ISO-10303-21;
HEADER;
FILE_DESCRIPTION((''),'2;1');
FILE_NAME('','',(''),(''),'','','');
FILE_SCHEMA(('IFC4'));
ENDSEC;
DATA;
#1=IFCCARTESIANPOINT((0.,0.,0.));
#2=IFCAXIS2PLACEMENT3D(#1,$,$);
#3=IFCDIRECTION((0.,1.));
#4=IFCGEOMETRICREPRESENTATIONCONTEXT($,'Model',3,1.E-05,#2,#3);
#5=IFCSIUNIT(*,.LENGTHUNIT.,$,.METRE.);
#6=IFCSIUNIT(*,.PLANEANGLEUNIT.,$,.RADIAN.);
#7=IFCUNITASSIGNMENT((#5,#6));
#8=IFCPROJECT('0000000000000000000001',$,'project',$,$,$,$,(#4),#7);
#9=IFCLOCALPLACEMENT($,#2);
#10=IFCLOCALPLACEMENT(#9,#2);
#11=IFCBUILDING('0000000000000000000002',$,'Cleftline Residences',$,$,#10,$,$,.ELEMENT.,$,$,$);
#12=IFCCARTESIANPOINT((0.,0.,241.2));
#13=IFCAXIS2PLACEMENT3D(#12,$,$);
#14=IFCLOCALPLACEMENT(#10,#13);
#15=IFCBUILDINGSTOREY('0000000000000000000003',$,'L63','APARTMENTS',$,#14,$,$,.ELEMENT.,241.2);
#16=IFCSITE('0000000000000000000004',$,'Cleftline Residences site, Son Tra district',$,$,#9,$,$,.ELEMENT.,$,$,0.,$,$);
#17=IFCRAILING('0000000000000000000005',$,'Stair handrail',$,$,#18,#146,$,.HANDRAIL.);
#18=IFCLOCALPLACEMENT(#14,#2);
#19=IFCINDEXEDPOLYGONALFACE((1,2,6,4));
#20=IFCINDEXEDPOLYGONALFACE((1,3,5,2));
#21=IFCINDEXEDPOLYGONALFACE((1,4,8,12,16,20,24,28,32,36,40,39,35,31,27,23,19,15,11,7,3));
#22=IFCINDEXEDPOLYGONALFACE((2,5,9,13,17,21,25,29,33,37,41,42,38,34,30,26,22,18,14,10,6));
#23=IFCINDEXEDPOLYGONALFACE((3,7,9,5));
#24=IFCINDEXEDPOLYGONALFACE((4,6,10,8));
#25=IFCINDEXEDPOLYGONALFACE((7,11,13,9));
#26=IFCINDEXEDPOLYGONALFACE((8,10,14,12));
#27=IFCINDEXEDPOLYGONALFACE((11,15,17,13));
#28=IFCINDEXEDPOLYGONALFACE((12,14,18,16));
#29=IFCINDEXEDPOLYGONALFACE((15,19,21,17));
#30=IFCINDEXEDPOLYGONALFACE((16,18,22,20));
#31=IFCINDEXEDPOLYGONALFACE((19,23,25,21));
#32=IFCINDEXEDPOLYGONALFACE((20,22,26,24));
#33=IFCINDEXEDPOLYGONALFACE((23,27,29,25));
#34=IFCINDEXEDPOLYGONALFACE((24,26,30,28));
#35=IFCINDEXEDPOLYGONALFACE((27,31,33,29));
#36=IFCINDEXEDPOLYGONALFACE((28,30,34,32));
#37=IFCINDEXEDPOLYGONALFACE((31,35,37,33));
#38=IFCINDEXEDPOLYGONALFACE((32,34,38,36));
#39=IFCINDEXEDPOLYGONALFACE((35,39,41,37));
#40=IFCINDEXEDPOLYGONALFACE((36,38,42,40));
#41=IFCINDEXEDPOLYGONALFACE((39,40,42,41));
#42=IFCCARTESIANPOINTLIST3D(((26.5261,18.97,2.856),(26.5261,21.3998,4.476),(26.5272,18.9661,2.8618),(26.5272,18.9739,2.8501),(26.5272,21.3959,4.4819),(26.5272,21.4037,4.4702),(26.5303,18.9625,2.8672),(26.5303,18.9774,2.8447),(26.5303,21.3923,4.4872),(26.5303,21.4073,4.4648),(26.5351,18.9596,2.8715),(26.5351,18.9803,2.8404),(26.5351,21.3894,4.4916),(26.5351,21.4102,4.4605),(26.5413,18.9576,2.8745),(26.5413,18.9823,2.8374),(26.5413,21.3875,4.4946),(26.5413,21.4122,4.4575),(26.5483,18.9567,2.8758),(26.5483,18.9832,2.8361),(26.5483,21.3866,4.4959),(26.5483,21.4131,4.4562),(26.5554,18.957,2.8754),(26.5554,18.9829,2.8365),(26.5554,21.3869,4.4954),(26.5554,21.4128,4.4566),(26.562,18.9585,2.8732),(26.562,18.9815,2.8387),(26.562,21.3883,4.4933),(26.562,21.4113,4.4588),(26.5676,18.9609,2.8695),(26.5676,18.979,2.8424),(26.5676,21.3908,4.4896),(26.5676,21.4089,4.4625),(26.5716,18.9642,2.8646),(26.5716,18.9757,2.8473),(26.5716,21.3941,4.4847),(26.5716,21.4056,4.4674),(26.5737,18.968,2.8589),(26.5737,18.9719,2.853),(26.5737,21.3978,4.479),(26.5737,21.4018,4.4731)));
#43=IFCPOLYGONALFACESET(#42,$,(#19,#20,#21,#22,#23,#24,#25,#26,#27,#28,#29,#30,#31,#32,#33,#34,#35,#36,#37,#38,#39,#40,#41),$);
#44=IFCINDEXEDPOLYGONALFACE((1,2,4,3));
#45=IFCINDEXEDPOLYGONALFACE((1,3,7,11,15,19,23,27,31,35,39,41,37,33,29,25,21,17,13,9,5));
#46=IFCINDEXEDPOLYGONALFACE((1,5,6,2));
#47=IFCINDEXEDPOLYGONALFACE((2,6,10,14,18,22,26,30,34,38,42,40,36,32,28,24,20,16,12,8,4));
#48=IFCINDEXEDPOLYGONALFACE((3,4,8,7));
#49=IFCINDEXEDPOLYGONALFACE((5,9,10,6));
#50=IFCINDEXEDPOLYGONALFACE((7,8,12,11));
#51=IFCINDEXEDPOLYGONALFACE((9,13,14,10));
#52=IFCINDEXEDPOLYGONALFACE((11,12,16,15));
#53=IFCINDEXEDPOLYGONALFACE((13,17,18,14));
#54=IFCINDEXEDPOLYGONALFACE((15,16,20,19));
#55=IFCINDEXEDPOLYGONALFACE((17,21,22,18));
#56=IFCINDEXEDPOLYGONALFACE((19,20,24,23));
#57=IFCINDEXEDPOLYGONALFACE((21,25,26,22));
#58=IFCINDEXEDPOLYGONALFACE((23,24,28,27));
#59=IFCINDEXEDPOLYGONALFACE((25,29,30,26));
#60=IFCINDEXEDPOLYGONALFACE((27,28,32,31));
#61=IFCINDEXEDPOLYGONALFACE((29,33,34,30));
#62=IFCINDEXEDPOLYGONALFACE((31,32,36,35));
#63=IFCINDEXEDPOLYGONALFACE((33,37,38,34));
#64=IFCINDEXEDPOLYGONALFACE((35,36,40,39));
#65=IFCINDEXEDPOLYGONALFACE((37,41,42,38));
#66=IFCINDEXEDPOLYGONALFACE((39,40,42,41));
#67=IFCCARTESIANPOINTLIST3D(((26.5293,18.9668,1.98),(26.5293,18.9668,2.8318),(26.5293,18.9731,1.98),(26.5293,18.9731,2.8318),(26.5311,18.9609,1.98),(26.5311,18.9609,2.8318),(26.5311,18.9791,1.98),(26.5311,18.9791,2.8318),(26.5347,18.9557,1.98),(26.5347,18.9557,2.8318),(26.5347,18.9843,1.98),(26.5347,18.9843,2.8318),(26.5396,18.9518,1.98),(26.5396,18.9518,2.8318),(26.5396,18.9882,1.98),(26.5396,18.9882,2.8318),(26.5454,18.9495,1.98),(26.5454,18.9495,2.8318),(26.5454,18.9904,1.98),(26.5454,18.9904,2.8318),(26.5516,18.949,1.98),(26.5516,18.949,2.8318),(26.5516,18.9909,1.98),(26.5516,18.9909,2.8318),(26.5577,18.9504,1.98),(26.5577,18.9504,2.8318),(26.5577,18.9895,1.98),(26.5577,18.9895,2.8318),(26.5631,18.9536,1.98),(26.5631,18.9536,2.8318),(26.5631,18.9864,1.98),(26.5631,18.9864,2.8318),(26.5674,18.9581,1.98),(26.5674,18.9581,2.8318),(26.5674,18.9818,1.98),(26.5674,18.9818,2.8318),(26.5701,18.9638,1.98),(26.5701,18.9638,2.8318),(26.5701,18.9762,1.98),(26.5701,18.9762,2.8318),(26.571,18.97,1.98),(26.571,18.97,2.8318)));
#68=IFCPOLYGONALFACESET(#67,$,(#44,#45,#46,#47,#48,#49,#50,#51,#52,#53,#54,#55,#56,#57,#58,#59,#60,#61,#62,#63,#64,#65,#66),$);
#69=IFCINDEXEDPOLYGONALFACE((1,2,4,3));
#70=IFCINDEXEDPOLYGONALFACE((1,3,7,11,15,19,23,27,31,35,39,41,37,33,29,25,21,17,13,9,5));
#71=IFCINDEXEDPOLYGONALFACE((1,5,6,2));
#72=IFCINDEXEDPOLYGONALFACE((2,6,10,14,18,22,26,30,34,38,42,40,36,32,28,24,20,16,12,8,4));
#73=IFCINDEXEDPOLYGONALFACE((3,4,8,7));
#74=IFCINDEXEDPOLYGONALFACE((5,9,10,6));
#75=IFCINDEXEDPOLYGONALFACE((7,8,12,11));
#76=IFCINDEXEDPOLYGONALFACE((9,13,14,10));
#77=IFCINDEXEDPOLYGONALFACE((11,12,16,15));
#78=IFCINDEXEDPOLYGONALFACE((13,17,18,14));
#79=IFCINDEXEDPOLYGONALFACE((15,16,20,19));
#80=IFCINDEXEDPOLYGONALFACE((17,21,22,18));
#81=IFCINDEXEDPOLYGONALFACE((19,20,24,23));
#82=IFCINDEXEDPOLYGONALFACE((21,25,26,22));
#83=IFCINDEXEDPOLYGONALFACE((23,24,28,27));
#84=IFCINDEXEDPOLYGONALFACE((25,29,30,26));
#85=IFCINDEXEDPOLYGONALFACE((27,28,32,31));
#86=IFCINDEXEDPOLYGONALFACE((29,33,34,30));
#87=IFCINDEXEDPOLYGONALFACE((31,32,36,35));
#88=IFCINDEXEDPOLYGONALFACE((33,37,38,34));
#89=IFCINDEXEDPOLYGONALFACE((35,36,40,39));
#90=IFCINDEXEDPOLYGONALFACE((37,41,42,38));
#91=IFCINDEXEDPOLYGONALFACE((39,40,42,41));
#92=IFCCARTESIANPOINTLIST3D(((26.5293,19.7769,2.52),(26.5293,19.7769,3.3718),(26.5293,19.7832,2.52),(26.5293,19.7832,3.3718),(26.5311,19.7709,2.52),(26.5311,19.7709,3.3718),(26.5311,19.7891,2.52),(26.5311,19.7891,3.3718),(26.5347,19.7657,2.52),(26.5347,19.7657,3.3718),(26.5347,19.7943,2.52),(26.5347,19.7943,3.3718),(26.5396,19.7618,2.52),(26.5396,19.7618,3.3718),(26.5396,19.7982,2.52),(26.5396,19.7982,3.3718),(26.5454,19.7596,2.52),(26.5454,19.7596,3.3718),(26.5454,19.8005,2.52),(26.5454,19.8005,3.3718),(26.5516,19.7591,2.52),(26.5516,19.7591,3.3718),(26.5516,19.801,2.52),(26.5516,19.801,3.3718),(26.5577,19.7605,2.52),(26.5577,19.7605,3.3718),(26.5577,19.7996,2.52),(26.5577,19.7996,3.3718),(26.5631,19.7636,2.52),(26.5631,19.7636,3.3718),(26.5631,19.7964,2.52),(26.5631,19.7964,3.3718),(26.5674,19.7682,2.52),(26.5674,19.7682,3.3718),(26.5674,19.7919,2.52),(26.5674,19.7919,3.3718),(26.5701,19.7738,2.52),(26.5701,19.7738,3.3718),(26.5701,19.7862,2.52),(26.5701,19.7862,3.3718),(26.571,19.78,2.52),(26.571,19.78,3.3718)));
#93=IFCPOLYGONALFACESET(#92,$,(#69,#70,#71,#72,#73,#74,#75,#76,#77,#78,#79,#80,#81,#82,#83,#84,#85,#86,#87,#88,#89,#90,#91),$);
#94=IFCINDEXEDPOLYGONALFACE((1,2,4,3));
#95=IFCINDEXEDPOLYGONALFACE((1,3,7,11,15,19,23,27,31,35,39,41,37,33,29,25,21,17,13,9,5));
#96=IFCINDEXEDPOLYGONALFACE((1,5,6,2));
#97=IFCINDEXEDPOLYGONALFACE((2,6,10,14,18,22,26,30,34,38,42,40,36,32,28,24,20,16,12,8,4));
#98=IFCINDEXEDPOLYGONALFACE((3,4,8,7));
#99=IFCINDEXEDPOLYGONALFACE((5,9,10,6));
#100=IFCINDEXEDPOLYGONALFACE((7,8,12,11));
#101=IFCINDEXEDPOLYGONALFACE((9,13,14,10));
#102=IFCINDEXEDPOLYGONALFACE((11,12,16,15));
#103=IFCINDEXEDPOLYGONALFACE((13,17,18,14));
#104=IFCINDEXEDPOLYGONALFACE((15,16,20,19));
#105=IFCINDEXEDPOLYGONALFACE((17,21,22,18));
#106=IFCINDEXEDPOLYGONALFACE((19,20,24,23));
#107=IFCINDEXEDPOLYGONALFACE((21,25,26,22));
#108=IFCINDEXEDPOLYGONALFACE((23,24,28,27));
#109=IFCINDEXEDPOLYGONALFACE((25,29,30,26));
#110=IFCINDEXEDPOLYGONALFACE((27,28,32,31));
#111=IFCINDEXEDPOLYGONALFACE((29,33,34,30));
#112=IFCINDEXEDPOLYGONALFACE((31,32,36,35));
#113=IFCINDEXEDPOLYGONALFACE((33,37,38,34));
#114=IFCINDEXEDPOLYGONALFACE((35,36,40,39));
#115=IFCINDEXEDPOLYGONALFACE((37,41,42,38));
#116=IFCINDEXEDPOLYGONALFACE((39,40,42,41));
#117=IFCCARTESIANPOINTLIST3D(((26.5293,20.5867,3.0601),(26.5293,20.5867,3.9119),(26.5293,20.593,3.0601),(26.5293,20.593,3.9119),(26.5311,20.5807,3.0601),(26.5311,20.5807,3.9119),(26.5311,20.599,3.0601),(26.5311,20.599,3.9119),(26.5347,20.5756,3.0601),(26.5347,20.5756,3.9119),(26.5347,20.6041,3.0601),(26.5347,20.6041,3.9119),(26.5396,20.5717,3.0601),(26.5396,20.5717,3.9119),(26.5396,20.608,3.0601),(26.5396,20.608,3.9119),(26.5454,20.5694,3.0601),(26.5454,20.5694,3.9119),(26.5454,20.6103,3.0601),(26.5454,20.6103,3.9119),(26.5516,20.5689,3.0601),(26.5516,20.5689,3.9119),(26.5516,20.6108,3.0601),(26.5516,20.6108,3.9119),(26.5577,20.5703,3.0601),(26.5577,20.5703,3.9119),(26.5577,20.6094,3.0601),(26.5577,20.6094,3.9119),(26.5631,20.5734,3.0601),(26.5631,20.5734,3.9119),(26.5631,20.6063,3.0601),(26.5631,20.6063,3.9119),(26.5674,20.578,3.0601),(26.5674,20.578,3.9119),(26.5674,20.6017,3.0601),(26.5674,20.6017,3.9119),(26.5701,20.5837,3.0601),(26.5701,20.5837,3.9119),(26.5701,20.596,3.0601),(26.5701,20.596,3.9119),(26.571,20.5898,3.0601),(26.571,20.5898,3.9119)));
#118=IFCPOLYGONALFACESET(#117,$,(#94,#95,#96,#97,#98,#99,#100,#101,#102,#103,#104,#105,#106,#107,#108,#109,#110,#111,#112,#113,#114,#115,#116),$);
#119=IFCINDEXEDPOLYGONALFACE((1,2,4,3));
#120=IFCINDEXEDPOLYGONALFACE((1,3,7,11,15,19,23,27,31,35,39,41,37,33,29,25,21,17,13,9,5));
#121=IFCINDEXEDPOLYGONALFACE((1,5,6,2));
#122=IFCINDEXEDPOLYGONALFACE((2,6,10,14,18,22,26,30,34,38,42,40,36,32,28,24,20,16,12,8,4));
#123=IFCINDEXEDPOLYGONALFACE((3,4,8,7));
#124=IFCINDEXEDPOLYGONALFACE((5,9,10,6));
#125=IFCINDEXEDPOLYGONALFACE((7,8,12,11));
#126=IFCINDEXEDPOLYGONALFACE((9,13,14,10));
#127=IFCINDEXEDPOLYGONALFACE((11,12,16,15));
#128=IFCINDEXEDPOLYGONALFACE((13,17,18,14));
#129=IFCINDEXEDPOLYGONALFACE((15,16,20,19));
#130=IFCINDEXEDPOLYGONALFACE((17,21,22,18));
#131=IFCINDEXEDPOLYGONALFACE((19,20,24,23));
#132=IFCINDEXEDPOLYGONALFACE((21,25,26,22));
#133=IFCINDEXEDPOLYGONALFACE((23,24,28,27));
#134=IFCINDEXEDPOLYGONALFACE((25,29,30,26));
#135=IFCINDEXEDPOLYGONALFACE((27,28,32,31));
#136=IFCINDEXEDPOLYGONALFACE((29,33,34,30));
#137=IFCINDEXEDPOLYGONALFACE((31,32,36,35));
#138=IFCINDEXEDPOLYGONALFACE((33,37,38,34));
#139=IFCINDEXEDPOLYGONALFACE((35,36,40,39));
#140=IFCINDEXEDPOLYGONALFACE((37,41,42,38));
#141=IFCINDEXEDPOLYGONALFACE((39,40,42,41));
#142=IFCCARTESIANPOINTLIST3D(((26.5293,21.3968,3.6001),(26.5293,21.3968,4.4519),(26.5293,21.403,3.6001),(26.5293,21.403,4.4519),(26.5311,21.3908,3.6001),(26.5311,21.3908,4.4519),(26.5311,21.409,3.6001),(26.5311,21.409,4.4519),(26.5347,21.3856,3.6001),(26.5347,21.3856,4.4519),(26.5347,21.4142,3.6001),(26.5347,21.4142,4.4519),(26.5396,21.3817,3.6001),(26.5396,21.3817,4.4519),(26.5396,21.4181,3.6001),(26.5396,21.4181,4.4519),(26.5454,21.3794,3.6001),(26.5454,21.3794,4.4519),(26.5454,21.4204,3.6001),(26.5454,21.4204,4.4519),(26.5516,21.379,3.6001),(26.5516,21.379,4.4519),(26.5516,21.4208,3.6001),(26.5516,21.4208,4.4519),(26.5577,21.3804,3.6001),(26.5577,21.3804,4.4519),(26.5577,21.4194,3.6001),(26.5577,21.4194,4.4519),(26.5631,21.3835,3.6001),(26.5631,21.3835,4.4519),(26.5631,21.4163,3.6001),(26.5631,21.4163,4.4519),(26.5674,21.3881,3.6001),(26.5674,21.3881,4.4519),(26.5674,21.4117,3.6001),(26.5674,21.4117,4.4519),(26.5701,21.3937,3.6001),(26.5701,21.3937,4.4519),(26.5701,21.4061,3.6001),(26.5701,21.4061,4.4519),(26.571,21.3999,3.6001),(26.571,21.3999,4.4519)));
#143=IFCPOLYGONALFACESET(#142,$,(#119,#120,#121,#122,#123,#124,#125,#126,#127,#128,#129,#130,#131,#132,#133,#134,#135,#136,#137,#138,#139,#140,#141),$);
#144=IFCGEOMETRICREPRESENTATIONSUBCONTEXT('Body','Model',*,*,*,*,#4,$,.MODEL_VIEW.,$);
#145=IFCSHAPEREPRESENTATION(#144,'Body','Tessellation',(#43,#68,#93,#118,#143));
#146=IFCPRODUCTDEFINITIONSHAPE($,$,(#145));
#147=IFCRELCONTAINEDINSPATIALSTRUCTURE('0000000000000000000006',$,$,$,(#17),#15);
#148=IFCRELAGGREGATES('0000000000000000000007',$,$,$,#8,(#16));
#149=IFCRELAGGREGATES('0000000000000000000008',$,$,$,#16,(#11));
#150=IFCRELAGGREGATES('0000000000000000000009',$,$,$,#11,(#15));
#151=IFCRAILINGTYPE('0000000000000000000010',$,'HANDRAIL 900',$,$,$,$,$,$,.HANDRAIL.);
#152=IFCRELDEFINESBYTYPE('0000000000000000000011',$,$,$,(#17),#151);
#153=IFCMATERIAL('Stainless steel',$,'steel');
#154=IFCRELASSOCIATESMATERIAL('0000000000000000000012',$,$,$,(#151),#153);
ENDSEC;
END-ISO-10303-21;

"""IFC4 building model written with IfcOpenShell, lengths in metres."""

from ifc_helpers import new_model, si_unit, direction, frame, origin, origin_2d, place, context, subcontext, project, spatial, circle, extrude, material, type_object, element, save


model = new_model("IFC4")

# Units and contexts
model_context = context("Model", 3, precision=1e-05, world=origin(), true_north=direction((0.0, 1.0)))
body_context = subcontext(model_context, "Body", "Model", "MODEL_VIEW")
ifc_project = project(units=[si_unit("LENGTHUNIT", "METRE"), si_unit("PLANEANGLEUNIT", "RADIAN")], contexts=[model_context])

# Site, building, storey
site_placement = place(None, origin())
site = spatial("IfcSite", under=ifc_project, at=site_placement, Name="Cleftline Residences site, Son Tra district", CompositionType="ELEMENT", RefElevation=0.0)
building_placement = place(site_placement, origin())
building = spatial("IfcBuilding", under=site, at=building_placement, Name="Cleftline Residences", CompositionType="ELEMENT")
storey_placement = place(building_placement, frame((0.0, 0.0, 241.2)))
storey = spatial("IfcBuildingStorey", under=building, at=storey_placement, Name="L63", Description="APARTMENTS", CompositionType="ELEMENT", Elevation=241.2)

# Railing
ifc_material_1 = material(Name="Stainless steel", Category="steel")
railing_type = type_object("IfcRailingType", Name="HANDRAIL 900", PredefinedType="HANDRAIL", material=ifc_material_1)
railing_1_placement = place(storey_placement, frame((26.55, 18.97, 1.98)))
element("IfcRailing", 1, at=railing_1_placement, inside=storey, type_object=railing_type, Name="Stair handrail", PredefinedType="HANDRAIL", context=body_context, shape_type="SweptSolid", body=[
    extrude(circle(Radius=0.0239, at=origin_2d()), frame((0.0, 0.0, 0.876), z_axis=(0.0, 0.832025, 0.554739), x_axis=(-1.0, 0.0, 0.0)), (0.0, 0.0, 1.0), 2.9204),
    extrude(circle(Radius=0.021, at=origin_2d()), origin(), (0.0, 0.0, 1.0), 0.8518),
    extrude(circle(Radius=0.021, at=origin_2d()), frame((0.0, 0.8101, 0.54)), (0.0, 0.0, 1.0), 0.8518),
    extrude(circle(Radius=0.021, at=origin_2d()), frame((0.0, 1.6199, 1.0801)), (0.0, 0.0, 1.0), 0.8518),
    extrude(circle(Radius=0.021, at=origin_2d()), frame((0.0, 2.4299, 1.6201)), (0.0, 0.0, 1.0), 0.8518),
])

save(model, "model.ifc")
